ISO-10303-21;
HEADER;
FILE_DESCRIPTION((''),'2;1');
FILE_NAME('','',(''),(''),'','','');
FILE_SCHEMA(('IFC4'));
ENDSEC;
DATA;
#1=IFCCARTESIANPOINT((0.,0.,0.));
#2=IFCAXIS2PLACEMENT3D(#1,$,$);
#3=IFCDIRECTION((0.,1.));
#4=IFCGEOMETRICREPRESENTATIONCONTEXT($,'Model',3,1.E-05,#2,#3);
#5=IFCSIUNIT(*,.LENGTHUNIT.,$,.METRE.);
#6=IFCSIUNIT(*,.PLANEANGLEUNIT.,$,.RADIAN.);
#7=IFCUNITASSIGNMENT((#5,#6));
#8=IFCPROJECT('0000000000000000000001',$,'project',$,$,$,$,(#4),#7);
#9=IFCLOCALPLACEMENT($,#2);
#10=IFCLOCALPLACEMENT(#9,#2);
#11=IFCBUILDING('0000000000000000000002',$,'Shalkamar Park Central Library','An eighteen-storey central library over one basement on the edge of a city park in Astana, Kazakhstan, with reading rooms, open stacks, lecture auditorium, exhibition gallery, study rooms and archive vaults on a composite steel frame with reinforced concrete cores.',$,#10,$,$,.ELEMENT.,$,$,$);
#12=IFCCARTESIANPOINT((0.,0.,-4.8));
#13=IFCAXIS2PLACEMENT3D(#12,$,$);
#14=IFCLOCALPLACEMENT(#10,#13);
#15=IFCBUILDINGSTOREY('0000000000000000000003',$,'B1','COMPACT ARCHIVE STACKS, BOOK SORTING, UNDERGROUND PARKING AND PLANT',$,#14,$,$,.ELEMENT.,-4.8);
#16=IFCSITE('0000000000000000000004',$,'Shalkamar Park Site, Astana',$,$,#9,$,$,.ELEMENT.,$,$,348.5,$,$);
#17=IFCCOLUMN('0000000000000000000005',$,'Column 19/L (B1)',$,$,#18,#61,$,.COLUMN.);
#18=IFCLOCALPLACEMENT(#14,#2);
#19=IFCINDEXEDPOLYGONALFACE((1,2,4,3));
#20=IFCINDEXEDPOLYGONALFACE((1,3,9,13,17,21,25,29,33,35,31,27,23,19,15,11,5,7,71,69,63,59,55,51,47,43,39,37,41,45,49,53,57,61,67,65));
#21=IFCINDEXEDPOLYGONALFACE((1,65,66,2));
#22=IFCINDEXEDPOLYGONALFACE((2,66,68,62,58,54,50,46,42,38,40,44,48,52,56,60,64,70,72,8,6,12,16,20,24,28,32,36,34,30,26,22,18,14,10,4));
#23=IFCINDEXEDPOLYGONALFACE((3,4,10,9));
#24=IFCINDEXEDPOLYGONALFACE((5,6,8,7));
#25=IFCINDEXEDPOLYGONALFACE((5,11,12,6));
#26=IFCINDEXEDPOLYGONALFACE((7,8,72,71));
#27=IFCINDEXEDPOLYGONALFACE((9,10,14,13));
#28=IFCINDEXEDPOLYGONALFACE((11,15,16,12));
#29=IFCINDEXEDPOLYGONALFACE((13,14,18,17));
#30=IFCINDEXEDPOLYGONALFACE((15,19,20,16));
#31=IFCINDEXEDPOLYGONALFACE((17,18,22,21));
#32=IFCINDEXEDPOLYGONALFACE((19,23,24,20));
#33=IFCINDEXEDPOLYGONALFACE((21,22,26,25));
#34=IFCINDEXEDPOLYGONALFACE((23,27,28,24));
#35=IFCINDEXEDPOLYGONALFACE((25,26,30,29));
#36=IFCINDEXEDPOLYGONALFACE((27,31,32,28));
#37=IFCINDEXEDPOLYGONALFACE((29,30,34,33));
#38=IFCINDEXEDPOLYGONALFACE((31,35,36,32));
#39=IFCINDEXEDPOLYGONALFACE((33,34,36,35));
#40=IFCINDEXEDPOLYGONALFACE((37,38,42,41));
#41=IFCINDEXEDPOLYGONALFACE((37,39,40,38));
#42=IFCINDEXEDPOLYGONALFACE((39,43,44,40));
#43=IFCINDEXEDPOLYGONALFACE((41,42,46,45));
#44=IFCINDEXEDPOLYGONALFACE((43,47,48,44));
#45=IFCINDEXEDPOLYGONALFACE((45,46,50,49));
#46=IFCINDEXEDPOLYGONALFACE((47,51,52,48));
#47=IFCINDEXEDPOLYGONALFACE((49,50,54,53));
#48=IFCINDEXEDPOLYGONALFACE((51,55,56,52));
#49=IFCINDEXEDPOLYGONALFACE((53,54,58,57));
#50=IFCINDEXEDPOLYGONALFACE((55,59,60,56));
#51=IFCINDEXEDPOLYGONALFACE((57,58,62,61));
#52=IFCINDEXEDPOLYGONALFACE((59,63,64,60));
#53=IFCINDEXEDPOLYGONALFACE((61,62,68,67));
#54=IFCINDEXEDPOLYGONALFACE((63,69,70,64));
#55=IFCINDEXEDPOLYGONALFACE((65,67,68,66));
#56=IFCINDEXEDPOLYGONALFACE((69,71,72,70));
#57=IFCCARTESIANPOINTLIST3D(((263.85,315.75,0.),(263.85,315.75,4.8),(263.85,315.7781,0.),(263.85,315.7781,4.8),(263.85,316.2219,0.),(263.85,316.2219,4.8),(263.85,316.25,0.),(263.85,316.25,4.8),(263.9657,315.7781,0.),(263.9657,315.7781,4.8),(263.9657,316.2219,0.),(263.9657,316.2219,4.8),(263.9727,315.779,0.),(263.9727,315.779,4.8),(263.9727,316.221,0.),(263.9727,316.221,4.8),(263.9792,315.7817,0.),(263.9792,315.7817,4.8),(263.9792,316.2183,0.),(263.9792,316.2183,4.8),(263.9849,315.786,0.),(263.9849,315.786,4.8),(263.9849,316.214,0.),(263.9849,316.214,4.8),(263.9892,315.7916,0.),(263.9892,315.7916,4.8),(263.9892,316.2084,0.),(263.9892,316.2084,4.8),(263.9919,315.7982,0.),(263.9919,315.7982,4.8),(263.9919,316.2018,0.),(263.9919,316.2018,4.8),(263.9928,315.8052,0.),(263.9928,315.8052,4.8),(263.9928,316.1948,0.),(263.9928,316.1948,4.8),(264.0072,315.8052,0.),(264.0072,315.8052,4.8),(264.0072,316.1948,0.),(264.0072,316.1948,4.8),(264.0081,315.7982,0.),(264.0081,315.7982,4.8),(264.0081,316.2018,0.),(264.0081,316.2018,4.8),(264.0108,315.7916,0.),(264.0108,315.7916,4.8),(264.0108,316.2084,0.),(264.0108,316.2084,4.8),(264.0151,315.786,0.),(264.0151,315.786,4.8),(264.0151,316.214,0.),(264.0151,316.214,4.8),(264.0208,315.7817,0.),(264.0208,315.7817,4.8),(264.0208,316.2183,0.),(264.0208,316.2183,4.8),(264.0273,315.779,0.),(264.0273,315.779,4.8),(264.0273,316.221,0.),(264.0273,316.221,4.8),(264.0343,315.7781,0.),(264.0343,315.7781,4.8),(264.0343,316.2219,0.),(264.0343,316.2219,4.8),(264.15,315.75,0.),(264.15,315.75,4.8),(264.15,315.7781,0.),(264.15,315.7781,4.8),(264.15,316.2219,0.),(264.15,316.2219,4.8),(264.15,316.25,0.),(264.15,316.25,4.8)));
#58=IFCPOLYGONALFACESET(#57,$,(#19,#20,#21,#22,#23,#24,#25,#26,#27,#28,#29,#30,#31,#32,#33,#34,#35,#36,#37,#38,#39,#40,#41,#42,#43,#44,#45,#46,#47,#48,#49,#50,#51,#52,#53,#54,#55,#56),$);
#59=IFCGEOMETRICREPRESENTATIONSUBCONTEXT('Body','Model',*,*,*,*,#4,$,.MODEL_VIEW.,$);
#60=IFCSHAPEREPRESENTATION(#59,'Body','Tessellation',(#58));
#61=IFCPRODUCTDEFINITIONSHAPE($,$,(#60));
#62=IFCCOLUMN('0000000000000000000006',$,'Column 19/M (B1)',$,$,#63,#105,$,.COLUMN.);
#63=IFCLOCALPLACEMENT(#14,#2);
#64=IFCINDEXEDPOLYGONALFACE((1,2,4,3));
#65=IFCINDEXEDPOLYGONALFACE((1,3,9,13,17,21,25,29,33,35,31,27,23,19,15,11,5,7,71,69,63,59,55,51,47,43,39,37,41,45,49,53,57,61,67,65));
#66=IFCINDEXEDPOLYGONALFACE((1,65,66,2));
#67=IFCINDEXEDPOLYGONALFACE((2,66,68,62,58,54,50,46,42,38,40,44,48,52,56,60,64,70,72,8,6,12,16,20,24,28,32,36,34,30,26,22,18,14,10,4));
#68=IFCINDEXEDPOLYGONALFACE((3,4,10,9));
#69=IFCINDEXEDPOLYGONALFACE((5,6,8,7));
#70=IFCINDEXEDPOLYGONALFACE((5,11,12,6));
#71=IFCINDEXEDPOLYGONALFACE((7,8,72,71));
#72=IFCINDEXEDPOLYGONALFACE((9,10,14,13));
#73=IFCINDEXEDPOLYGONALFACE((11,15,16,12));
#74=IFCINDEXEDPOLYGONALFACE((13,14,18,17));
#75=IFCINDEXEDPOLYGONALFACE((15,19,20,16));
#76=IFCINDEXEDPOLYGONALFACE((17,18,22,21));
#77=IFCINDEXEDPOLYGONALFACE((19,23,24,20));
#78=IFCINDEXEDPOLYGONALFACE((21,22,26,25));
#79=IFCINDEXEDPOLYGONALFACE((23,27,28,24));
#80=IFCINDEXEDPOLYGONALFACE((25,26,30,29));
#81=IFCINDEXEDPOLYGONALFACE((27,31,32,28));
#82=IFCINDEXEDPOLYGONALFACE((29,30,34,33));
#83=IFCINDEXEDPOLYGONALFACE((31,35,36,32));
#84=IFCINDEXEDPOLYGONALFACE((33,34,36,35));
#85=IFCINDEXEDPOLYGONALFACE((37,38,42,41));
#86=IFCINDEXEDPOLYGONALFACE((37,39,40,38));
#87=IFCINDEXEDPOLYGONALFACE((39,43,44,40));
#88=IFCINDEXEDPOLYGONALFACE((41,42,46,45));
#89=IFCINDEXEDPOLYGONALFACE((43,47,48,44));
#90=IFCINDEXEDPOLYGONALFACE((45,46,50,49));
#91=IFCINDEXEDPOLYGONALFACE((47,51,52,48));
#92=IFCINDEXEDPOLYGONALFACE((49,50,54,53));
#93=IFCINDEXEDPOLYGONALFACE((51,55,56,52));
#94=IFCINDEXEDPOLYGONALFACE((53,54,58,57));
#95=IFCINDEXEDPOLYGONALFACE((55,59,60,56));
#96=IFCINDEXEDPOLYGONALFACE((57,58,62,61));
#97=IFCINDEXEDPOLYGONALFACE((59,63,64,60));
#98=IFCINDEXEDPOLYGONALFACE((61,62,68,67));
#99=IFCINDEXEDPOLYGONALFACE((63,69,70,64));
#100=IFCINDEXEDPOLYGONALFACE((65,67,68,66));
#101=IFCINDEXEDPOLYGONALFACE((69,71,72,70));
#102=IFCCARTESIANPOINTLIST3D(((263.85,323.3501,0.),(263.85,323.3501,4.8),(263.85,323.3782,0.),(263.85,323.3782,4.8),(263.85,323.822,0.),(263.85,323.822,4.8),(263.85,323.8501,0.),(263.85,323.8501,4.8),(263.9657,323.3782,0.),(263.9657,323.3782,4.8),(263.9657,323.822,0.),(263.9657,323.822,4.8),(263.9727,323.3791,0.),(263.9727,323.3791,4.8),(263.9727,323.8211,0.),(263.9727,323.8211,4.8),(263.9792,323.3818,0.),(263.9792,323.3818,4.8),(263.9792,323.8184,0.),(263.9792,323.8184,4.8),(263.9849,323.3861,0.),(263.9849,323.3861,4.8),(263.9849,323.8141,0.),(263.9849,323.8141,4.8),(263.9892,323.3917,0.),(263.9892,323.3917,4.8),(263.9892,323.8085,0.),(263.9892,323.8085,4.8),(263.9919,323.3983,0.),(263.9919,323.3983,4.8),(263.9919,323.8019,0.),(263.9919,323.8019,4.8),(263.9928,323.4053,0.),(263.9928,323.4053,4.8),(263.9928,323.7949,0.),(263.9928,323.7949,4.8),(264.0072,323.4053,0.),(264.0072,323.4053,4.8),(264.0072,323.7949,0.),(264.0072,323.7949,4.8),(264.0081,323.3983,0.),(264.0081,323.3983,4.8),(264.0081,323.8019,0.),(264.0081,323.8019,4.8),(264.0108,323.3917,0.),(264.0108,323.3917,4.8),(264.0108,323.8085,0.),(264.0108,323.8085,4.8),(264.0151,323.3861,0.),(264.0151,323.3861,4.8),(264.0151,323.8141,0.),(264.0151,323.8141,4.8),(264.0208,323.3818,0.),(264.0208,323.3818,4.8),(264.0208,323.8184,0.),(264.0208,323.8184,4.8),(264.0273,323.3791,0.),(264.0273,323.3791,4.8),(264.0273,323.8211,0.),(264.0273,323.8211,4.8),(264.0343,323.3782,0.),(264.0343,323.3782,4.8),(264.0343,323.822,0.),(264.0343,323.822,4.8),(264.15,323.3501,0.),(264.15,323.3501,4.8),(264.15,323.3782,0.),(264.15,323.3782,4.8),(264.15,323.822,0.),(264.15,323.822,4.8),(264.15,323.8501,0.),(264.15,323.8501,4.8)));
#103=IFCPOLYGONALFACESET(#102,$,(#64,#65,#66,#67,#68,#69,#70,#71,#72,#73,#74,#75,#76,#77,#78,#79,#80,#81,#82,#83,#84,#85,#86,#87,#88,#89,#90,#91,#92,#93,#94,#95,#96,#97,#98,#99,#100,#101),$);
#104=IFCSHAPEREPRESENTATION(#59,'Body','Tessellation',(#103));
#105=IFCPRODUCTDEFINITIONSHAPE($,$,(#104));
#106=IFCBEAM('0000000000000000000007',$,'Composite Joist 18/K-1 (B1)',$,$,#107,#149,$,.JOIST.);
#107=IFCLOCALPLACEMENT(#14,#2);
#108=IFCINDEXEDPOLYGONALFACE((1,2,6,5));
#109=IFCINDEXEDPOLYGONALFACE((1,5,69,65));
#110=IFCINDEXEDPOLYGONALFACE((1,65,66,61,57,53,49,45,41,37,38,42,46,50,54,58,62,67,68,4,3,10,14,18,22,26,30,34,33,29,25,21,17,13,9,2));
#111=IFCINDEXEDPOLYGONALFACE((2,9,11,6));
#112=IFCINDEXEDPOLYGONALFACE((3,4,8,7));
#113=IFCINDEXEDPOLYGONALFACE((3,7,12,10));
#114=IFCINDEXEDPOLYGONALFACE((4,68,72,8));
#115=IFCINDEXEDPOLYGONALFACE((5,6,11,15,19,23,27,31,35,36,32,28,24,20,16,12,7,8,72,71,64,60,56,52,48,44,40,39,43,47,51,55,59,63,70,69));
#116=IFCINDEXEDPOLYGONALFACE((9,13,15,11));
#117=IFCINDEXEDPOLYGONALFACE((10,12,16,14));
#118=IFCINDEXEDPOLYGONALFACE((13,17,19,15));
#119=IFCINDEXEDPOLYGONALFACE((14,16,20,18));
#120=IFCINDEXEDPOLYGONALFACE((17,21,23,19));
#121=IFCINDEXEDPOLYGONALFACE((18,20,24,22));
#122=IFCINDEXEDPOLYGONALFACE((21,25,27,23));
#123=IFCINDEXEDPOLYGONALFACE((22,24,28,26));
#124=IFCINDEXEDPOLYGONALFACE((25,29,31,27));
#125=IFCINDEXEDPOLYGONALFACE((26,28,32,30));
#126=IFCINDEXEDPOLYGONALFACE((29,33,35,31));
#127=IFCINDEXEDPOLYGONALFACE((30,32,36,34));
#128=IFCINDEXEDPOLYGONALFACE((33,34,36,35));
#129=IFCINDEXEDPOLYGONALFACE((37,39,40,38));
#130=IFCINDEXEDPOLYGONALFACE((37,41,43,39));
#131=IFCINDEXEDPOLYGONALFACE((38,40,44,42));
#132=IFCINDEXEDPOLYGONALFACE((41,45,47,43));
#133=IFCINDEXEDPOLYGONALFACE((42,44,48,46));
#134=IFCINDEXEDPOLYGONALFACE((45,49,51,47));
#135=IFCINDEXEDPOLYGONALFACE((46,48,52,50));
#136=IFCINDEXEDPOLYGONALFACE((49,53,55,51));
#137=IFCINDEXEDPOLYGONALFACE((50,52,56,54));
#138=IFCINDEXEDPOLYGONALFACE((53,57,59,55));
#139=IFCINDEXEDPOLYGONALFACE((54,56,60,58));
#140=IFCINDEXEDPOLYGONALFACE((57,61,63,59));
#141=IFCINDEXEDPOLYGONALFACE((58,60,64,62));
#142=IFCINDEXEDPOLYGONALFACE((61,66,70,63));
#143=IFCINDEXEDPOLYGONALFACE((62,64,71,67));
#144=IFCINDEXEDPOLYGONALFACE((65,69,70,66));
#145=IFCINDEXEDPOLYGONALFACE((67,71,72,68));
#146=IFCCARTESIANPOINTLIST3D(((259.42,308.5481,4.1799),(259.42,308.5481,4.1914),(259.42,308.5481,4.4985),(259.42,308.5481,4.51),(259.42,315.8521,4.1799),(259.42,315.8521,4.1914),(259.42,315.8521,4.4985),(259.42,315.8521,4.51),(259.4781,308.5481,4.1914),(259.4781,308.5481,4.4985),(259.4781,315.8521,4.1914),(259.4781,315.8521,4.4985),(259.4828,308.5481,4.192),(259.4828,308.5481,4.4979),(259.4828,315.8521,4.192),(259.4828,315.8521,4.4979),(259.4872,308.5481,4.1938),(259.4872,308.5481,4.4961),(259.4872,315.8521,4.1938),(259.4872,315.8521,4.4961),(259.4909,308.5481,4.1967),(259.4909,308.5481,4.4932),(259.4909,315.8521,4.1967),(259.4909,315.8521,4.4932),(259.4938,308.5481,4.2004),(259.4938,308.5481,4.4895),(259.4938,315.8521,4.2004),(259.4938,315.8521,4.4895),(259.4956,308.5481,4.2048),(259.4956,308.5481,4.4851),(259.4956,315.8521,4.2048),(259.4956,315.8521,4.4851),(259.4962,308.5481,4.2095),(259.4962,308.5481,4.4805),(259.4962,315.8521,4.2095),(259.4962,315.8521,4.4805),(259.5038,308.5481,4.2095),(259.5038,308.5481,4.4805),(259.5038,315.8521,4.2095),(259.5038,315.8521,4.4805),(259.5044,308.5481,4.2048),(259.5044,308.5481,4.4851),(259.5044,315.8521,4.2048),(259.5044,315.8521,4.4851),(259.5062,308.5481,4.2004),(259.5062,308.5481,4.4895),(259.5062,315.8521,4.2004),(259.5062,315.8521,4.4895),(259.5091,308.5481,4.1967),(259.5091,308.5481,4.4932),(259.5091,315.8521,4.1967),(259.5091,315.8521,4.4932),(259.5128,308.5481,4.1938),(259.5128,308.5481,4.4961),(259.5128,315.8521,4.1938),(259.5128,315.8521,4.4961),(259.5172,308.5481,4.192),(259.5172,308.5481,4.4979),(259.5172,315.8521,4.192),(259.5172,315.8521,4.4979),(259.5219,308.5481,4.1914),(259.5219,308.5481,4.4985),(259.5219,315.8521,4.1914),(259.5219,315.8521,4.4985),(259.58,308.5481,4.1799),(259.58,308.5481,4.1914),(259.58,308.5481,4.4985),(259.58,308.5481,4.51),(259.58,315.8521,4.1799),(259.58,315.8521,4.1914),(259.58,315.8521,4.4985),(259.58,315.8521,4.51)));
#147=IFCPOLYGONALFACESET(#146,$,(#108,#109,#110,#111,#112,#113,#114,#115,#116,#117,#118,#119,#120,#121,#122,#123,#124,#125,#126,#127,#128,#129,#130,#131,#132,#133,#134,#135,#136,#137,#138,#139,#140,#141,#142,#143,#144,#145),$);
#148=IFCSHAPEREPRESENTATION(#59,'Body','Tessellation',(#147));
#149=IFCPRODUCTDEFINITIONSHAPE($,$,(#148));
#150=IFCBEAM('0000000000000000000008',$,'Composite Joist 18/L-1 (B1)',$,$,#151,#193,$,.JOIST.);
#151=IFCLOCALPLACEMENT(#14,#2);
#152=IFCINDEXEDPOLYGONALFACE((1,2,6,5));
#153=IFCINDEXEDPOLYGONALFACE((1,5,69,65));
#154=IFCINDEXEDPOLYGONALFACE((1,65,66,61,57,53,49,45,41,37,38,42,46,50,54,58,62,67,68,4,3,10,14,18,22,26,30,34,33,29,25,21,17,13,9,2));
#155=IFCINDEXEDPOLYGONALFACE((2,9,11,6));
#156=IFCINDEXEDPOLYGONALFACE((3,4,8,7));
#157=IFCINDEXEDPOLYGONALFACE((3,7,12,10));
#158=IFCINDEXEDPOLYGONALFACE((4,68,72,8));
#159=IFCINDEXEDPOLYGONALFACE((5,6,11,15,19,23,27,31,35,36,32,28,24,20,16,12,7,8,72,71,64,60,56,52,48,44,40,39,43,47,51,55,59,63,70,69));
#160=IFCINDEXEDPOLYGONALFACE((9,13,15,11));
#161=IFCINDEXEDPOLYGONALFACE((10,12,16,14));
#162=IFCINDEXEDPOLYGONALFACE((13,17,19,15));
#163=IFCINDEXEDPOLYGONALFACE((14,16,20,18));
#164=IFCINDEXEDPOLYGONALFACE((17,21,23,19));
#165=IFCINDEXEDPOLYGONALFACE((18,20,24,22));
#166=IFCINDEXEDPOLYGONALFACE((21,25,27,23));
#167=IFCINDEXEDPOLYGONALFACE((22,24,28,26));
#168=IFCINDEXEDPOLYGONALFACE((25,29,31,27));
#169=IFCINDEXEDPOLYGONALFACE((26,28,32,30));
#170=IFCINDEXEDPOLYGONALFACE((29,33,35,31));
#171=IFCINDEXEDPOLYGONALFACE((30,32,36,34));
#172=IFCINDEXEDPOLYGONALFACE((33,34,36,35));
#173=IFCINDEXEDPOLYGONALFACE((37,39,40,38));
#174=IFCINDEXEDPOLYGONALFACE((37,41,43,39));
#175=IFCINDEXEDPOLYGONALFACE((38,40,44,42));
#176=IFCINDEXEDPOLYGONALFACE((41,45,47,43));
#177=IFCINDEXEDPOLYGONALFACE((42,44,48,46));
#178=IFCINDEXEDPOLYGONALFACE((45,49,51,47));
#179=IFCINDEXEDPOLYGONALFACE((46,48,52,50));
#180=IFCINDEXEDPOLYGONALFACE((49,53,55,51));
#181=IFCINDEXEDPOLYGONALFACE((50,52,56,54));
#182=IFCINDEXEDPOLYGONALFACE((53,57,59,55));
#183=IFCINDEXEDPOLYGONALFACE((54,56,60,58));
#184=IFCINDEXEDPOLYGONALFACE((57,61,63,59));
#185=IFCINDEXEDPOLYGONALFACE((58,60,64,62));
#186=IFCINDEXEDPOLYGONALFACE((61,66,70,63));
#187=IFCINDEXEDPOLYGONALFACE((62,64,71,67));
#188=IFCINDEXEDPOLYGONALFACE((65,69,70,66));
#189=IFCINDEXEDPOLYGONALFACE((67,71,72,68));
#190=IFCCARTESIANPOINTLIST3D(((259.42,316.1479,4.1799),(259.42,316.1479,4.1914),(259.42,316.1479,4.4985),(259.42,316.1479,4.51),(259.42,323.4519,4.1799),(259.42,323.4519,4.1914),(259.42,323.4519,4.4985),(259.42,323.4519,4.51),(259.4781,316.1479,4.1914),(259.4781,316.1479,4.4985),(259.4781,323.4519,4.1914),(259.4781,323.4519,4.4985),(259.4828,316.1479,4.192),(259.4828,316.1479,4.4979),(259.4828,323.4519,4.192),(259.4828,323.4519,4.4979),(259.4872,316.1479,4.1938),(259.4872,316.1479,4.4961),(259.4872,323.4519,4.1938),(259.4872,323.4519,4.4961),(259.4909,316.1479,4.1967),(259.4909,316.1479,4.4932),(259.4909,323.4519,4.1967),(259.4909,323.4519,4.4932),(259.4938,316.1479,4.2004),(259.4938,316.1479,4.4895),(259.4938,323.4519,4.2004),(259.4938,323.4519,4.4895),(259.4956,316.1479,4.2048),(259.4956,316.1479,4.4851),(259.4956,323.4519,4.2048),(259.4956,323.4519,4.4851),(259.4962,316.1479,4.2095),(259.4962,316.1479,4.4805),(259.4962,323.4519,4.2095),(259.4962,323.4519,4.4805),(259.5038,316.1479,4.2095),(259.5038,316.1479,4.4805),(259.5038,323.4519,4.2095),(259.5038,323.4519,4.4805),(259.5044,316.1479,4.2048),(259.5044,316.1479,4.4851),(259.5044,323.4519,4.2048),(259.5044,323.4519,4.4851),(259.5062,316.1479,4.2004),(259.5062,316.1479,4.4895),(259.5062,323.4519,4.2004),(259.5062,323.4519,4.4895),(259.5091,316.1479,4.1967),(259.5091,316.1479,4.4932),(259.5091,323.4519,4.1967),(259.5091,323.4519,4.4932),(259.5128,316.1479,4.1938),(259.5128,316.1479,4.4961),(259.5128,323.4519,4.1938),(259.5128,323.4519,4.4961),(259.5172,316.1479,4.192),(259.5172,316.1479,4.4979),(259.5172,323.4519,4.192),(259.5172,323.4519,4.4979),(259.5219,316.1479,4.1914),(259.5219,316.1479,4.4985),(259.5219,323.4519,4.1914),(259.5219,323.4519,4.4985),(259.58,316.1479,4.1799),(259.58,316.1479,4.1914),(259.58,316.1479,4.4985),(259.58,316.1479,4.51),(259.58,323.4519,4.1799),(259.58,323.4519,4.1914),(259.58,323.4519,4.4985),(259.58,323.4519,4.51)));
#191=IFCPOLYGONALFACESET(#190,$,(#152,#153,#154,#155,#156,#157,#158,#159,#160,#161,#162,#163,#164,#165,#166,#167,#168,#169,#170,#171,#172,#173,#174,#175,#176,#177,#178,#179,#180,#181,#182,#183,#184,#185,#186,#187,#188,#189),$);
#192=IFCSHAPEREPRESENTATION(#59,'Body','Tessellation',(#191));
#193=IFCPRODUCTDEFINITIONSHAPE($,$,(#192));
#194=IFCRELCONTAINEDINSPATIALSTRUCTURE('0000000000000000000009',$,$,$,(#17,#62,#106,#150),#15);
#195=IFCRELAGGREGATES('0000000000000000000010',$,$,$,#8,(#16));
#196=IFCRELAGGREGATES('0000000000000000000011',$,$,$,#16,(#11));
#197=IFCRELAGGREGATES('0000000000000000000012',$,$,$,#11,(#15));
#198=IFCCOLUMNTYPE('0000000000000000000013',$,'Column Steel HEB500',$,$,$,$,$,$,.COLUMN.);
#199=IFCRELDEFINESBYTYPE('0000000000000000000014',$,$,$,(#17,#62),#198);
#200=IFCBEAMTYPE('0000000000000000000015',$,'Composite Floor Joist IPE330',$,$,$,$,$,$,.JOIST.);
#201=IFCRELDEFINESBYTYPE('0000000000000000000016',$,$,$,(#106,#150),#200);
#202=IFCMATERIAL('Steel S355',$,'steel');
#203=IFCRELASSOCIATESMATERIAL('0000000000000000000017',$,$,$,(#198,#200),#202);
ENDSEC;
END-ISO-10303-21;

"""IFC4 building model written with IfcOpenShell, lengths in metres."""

from ifc_helpers import new_model, si_unit, direction, frame, origin, origin_2d, place, context, subcontext, project, spatial, i_section, extrude, material, material_profile, profile_set, type_object, element, save


model = new_model("IFC4")

# Units and contexts
model_context = context("Model", 3, precision=1e-05, world=origin(), true_north=direction((0.0, 1.0)))
body_context = subcontext(model_context, "Body", "Model", "MODEL_VIEW")
ifc_project = project(units=[si_unit("LENGTHUNIT", "METRE"), si_unit("PLANEANGLEUNIT", "RADIAN")], contexts=[model_context])

# Site, building, storey
site_placement = place(None, origin())
site = spatial("IfcSite", under=ifc_project, at=site_placement, Name="Shalkamar Park Site, Astana", CompositionType="ELEMENT", RefElevation=348.5)
building_placement = place(site_placement, origin())
building = spatial("IfcBuilding", under=site, at=building_placement, Name="Shalkamar Park Central Library", Description="An eighteen-storey central library over one basement on the edge of a city park in Astana, Kazakhstan, with reading rooms, open stacks, lecture auditorium, exhibition gallery, study rooms and archive vaults on a composite steel frame with reinforced concrete cores.", CompositionType="ELEMENT")
storey_placement = place(building_placement, frame((0.0, 0.0, -4.8)))
storey = spatial("IfcBuildingStorey", under=building, at=storey_placement, Name="B1", Description="COMPACT ARCHIVE STACKS, BOOK SORTING, UNDERGROUND PARKING AND PLANT", CompositionType="ELEMENT", Elevation=-4.8)

# Columns
ifc_material_1 = material(Name="Steel S355", Category="steel")
ifc_material_profile_1 = material_profile(ifc_material_1, i_section(OverallWidth=0.3, OverallDepth=0.5, WebThickness=0.0144, FlangeThickness=0.0281, FilletRadius=0.0271, at=origin_2d()), Name="HEB 500")
ifc_profile_set_1 = profile_set([ifc_material_profile_1], Name="Steel S355")
column_type_1 = type_object("IfcColumnType", Name="Column Steel HEB500", PredefinedType="COLUMN", material=ifc_profile_set_1)
for number, where, z_axis, x_axis, name in (
    (1, (264.0, 316.0, 0.0), (0.0, 0.0, 1.0), (1.0, 0.0, 0.0), "Column 19/L (B1)"),
    (2, (264.0, 323.6001, 0.0), (0.0, 0.0, 1.0), (1.0, 0.0, 0.0), "Column 19/M (B1)"),
):
    element("IfcColumn", number, at=place(storey_placement, frame(where, z_axis=z_axis, x_axis=x_axis)), inside=storey, type_object=column_type_1, Name=name, PredefinedType="COLUMN", context=body_context, shape_type="SweptSolid", body=[
        extrude(i_section(OverallWidth=0.3, OverallDepth=0.5, WebThickness=0.0144, FlangeThickness=0.0281, FilletRadius=0.0271, at=origin_2d()), origin(), (0.0, 0.0, 1.0), 4.8),
    ])

# Beams
ifc_material_profile_2 = material_profile(ifc_material_1, i_section(OverallWidth=0.1599, OverallDepth=0.3301, WebThickness=0.0076, FlangeThickness=0.0115, FilletRadius=0.0181, at=origin_2d()), Name="IPE 330")
ifc_profile_set_2 = profile_set([ifc_material_profile_2], Name="Steel S355")
beam_type_1 = type_object("IfcBeamType", Name="Composite Floor Joist IPE330", PredefinedType="JOIST", material=ifc_profile_set_2)
for number, where, z_axis, x_axis, name in (
    (3, (259.5, 308.5481, 4.345), (0.0, 1.0, 0.0), (-1.0, 0.0, 0.0), "Composite Joist 18/K-1 (B1)"),
    (4, (259.5, 316.1479, 4.345), (0.0, 1.0, 0.0), (-1.0, 0.0, 0.0), "Composite Joist 18/L-1 (B1)"),
):
    element("IfcBeam", number, at=place(storey_placement, frame(where, z_axis=z_axis, x_axis=x_axis)), inside=storey, type_object=beam_type_1, Name=name, PredefinedType="JOIST", context=body_context, shape_type="SweptSolid", body=[
        extrude(i_section(OverallWidth=0.1599, OverallDepth=0.3301, WebThickness=0.0076, FlangeThickness=0.0115, FilletRadius=0.0181, at=origin_2d()), origin(), (0.0, 0.0, 1.0), 7.304),
    ])

save(model, "model.ifc")
